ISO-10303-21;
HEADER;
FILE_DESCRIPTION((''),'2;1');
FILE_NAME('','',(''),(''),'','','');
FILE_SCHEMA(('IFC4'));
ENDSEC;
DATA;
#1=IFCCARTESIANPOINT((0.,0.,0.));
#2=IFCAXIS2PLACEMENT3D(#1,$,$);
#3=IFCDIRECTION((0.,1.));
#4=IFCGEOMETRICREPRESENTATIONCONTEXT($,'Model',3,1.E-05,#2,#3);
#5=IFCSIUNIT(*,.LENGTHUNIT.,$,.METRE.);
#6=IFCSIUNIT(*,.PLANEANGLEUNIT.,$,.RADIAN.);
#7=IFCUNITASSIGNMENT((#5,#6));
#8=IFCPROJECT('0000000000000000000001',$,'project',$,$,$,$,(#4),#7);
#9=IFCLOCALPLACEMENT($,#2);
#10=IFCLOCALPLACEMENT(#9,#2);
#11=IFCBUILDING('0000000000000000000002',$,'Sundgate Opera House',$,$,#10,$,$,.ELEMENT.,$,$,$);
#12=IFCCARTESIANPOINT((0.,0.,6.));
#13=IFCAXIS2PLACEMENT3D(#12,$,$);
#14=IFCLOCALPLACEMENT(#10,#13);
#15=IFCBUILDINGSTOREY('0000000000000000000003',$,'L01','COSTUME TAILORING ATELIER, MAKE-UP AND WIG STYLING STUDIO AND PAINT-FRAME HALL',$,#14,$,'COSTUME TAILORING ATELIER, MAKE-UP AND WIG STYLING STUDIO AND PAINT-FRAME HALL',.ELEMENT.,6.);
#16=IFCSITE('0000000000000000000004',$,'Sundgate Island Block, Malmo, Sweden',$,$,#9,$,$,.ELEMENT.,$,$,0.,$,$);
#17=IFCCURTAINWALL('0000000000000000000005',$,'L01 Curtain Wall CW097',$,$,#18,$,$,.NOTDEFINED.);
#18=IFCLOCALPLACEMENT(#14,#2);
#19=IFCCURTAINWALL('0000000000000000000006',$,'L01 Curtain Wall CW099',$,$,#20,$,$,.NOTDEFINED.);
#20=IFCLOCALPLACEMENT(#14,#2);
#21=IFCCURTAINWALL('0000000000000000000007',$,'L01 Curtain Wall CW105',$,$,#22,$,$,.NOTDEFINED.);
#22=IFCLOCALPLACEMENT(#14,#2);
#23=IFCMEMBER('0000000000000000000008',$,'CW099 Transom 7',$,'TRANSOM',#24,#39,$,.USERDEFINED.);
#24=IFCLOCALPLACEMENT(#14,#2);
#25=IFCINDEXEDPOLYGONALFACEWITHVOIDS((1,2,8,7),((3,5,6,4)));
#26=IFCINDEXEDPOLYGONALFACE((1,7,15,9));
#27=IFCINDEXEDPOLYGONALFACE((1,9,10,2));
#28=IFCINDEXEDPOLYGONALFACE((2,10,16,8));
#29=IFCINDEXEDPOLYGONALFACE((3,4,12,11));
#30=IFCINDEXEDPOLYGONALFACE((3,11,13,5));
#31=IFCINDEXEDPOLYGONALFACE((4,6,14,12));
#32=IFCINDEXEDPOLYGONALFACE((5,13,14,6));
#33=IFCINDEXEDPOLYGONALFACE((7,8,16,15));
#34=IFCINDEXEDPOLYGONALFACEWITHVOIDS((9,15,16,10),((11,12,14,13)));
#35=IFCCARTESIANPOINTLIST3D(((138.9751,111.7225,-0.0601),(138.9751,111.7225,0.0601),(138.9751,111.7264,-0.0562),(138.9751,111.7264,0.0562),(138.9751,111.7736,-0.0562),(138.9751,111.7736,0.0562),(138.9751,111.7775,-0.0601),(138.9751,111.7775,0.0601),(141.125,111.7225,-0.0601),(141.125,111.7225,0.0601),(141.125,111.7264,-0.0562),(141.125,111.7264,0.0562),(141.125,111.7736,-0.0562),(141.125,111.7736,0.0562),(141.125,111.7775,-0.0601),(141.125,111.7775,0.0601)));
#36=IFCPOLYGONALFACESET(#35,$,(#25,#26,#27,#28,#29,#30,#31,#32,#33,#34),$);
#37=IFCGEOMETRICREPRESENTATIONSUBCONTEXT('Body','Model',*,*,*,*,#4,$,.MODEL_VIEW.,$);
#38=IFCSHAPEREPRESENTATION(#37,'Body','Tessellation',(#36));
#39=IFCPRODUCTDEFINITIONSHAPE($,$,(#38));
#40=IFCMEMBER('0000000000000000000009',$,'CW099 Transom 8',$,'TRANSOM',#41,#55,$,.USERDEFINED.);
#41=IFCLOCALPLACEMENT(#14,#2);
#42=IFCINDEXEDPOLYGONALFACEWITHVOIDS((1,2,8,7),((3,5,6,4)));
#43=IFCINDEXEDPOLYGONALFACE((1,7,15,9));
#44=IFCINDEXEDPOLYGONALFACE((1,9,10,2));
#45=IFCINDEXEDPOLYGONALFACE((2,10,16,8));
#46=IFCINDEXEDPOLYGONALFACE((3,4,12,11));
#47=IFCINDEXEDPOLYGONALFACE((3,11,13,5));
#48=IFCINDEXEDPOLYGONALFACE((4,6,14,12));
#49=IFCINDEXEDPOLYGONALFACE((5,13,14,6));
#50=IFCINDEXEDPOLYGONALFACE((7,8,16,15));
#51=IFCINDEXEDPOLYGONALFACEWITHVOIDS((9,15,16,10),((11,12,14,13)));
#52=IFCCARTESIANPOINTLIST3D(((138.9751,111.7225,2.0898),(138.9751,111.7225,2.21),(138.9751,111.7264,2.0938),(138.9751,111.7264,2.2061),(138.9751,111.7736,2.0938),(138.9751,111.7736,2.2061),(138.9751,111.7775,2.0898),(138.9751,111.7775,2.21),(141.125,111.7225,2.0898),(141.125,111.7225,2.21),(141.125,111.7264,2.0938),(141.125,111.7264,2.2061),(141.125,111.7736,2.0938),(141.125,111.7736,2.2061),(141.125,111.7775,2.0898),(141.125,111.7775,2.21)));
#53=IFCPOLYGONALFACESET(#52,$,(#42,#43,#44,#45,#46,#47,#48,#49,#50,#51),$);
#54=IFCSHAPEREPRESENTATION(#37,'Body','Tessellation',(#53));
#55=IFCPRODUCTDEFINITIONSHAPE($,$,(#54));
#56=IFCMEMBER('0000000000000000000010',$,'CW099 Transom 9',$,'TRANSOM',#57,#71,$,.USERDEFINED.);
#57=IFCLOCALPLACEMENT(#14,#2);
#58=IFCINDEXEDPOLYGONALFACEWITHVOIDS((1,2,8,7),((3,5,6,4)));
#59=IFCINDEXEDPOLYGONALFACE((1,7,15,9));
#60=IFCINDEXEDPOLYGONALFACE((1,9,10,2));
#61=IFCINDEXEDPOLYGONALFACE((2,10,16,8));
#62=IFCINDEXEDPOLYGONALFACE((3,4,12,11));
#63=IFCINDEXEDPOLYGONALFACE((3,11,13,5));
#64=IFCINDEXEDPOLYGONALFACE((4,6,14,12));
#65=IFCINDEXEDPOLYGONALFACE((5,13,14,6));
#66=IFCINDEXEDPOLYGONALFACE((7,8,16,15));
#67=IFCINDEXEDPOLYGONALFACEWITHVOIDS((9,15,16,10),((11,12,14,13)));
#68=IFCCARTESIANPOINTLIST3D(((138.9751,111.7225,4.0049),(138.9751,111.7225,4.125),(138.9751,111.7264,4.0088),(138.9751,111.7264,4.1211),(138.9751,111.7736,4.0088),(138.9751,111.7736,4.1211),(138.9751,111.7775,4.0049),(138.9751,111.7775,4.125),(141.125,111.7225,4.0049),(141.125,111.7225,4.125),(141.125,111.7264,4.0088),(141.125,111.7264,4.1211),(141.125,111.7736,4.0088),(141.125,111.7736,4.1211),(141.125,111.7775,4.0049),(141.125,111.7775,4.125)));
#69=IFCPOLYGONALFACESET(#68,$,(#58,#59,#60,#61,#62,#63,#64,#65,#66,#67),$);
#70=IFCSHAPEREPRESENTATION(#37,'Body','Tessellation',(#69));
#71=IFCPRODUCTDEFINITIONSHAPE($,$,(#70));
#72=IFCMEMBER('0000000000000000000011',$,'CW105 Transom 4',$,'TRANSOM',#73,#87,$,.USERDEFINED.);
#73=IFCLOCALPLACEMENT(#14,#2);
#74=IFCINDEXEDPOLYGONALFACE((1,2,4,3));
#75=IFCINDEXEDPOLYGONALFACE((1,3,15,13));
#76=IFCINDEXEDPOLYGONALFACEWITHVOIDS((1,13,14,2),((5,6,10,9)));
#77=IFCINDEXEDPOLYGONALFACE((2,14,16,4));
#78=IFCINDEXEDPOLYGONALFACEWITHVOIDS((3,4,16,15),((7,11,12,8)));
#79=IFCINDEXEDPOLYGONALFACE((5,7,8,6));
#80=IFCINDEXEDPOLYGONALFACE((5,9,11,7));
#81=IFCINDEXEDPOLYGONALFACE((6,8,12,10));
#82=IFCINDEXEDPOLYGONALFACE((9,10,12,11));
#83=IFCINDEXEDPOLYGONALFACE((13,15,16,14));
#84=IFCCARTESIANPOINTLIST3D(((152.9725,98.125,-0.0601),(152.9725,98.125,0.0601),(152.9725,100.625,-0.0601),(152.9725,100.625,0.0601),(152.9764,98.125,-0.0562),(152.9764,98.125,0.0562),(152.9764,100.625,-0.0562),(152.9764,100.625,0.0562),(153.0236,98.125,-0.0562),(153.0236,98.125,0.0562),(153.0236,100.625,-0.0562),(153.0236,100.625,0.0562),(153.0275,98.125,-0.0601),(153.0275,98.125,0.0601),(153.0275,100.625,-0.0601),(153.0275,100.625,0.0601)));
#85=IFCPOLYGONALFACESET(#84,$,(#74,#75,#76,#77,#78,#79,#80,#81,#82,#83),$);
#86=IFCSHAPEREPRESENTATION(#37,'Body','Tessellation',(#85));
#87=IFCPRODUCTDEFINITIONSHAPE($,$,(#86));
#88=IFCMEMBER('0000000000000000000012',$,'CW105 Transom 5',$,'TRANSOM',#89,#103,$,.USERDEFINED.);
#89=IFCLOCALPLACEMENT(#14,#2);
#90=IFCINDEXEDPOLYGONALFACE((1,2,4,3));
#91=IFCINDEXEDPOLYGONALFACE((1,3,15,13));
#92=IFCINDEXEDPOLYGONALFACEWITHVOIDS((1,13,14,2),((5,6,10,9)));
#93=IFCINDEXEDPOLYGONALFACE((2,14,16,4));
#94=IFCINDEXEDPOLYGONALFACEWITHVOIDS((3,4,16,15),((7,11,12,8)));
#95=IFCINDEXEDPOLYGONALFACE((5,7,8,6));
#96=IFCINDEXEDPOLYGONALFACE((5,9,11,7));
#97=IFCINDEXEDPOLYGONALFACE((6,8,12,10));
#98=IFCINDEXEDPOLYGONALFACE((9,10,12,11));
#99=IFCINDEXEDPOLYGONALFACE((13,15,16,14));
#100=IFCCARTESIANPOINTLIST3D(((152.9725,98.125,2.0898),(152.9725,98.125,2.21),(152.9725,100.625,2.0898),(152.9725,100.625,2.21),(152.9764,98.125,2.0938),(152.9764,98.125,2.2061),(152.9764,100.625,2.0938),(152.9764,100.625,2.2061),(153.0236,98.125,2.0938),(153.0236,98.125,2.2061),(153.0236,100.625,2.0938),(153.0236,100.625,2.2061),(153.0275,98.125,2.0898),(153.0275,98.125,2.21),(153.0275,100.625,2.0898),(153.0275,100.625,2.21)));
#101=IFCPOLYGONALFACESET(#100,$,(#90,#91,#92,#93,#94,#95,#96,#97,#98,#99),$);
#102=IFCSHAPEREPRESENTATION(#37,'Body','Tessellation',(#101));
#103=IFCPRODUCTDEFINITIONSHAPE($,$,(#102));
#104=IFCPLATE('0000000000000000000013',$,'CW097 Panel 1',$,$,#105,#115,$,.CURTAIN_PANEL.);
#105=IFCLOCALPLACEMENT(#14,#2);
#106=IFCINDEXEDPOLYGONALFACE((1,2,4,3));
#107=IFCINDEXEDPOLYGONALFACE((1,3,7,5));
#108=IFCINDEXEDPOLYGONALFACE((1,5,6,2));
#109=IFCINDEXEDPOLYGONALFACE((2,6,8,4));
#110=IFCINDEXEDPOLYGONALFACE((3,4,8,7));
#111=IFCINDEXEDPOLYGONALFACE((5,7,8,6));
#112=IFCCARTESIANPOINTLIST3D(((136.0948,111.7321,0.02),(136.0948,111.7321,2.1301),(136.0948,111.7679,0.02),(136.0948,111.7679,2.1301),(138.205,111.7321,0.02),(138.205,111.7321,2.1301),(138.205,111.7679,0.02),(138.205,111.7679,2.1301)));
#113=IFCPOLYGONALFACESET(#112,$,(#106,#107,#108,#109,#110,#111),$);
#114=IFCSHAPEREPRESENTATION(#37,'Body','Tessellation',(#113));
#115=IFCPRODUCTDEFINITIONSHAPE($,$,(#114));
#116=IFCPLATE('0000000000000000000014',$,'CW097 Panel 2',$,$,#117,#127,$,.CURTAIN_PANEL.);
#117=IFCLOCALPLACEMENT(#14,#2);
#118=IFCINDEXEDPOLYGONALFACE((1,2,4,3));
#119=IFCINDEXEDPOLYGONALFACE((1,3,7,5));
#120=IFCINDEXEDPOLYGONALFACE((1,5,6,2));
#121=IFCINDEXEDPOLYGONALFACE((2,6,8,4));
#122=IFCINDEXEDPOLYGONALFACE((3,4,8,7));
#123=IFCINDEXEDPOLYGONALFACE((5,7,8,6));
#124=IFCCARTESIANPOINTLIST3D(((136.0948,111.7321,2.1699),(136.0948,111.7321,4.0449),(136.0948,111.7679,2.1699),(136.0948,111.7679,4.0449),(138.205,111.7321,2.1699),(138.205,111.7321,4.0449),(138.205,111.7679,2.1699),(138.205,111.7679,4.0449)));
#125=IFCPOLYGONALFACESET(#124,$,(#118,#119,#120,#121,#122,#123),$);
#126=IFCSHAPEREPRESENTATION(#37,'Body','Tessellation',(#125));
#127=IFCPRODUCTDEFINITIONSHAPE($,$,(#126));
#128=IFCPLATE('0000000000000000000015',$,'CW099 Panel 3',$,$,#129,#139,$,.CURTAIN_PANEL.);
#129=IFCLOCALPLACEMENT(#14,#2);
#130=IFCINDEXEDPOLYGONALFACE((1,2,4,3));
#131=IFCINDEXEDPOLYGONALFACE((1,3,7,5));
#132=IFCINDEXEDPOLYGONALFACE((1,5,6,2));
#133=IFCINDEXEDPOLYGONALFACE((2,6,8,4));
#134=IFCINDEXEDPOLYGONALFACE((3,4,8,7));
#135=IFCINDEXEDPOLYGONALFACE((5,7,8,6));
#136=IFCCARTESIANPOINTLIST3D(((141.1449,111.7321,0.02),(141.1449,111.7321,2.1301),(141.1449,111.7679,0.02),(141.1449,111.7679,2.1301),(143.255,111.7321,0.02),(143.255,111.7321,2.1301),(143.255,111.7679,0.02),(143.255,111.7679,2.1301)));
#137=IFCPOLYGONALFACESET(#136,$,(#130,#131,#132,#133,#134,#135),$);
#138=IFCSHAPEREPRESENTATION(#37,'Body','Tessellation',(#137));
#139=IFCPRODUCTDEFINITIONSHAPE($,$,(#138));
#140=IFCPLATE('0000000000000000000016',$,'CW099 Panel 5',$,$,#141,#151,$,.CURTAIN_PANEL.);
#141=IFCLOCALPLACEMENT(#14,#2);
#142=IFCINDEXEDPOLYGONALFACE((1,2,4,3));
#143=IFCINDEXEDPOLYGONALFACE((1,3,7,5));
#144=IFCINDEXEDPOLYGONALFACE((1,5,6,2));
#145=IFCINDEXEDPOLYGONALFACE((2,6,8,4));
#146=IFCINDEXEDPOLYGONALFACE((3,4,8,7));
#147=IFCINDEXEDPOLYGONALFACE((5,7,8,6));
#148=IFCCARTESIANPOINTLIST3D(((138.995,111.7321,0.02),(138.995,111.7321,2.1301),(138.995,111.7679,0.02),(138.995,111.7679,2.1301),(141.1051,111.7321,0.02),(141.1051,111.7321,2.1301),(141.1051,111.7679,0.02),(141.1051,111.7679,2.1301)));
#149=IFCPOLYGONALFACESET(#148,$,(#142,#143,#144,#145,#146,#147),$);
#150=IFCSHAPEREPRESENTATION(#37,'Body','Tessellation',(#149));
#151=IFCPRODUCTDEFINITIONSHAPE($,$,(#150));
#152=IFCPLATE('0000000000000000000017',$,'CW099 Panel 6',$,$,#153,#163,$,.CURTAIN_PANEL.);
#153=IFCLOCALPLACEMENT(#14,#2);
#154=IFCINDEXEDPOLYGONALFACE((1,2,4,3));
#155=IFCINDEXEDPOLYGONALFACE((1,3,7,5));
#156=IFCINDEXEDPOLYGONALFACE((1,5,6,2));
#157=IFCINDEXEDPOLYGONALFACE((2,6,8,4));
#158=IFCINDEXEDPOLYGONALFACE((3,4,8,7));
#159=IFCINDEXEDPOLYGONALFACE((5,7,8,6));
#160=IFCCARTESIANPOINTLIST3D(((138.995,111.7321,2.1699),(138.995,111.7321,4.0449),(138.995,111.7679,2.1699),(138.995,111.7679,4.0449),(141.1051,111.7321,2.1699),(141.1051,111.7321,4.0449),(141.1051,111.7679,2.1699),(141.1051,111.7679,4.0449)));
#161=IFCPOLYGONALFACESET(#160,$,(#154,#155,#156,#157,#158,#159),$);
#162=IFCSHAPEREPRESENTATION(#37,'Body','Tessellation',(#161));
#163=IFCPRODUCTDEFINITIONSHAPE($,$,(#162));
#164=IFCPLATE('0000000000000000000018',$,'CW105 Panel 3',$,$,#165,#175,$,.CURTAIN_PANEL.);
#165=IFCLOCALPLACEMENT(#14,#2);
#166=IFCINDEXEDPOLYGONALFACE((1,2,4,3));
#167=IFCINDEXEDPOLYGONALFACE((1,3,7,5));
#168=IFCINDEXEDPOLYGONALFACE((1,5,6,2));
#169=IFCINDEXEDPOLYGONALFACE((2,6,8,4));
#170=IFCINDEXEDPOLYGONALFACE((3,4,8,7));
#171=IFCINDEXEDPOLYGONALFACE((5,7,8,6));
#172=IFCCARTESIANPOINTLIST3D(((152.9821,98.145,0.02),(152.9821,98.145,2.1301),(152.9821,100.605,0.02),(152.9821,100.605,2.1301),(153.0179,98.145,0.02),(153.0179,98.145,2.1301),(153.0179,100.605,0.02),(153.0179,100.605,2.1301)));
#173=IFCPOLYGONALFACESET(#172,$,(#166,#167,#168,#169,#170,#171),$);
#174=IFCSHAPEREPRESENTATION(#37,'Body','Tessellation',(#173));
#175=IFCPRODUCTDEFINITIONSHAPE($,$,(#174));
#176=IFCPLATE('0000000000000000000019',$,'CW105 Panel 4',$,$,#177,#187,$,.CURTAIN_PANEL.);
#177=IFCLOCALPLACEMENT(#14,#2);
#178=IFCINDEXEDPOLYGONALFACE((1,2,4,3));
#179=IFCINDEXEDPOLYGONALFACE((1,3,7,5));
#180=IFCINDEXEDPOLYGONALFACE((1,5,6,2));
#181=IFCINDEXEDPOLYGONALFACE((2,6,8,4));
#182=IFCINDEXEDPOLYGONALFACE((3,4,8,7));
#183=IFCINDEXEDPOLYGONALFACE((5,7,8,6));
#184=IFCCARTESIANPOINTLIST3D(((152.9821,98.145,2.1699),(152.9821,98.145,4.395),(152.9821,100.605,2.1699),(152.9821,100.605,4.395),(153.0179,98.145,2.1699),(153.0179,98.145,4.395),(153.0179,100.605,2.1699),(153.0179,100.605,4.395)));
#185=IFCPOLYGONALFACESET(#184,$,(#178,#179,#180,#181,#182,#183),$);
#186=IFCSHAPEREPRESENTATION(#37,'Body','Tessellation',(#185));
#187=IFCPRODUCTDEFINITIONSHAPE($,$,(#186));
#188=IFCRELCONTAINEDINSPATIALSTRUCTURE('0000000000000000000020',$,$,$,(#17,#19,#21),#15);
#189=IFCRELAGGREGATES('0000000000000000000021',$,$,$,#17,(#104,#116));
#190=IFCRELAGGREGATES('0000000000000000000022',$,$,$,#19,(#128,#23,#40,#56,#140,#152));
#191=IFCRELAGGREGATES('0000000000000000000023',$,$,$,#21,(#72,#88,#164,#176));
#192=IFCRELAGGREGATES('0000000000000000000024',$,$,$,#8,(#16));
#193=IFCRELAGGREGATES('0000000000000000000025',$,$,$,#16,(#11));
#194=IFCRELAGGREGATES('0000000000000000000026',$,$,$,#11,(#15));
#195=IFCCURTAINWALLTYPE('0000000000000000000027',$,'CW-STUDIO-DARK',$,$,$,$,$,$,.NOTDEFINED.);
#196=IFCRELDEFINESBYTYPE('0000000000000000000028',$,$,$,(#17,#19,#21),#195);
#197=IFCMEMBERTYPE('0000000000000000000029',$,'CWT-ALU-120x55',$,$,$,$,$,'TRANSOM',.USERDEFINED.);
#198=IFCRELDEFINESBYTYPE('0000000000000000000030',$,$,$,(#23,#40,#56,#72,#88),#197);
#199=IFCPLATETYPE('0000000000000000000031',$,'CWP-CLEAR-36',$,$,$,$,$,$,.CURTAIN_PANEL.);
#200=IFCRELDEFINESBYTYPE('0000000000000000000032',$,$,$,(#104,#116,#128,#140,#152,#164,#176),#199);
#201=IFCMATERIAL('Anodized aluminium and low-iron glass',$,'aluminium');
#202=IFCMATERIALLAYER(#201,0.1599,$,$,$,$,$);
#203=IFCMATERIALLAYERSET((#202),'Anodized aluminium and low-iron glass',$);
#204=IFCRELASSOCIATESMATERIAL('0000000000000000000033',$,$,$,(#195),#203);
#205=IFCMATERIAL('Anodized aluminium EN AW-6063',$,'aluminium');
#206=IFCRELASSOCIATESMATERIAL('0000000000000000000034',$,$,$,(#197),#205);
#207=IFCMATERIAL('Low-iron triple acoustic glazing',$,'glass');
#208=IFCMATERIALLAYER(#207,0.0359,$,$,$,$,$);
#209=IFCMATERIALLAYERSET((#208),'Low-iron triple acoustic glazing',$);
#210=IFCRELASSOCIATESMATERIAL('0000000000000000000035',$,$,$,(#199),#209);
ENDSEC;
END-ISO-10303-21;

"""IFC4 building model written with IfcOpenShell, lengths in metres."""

from ifc_helpers import new_model, si_unit, direction, frame, origin, origin_2d, place, context, subcontext, project, spatial, rectangle, hollow_rectangle, extrude, material, layer, layer_set, material_profile, profile_set, type_object, element, aggregate, save


model = new_model("IFC4")

# Units and contexts
model_context = context("Model", 3, precision=1e-05, world=origin(), true_north=direction((0.0, 1.0)))
body_context = subcontext(model_context, "Body", "Model", "MODEL_VIEW")
ifc_project = project(units=[si_unit("LENGTHUNIT", "METRE"), si_unit("PLANEANGLEUNIT", "RADIAN")], contexts=[model_context])

# Site, building, storey
site_placement = place(None, origin())
site = spatial("IfcSite", under=ifc_project, at=site_placement, Name="Sundgate Island Block, Malmo, Sweden", CompositionType="ELEMENT", RefElevation=0.0)
building_placement = place(site_placement, origin())
building = spatial("IfcBuilding", under=site, at=building_placement, Name="Sundgate Opera House", CompositionType="ELEMENT")
storey_placement = place(building_placement, frame((0.0, 0.0, 6.0)))
storey = spatial("IfcBuildingStorey", under=building, at=storey_placement, Name="L01", Description="COSTUME TAILORING ATELIER, MAKE-UP AND WIG STYLING STUDIO AND PAINT-FRAME HALL", LongName="COSTUME TAILORING ATELIER, MAKE-UP AND WIG STYLING STUDIO AND PAINT-FRAME HALL", CompositionType="ELEMENT", Elevation=6.0)

# Curtain wall
ifc_material_1 = material(Name="Anodized aluminium and low-iron glass", Category="aluminium")
ifc_layer_1 = layer(ifc_material_1, 0.1599)
ifc_layer_set_1 = layer_set([ifc_layer_1], Name="Anodized aluminium and low-iron glass")
curtain_wall_type = type_object("IfcCurtainWallType", Name="CW-STUDIO-DARK", PredefinedType="NOTDEFINED", material=ifc_layer_set_1)
curtain_wall_1_placement = place(storey_placement, origin())
curtain_wall_1 = element("IfcCurtainWall", 1, at=curtain_wall_1_placement, inside=storey, type_object=curtain_wall_type, Name="L01 Curtain Wall CW097", PredefinedType="NOTDEFINED")

# Curtain wall
curtain_wall_2_placement = place(storey_placement, origin())
curtain_wall_2 = element("IfcCurtainWall", 2, at=curtain_wall_2_placement, inside=storey, type_object=curtain_wall_type, Name="L01 Curtain Wall CW099", PredefinedType="NOTDEFINED")

# Curtain wall
curtain_wall_3_placement = place(storey_placement, origin())
curtain_wall_3 = element("IfcCurtainWall", 3, at=curtain_wall_3_placement, inside=storey, type_object=curtain_wall_type, Name="L01 Curtain Wall CW105", PredefinedType="NOTDEFINED")

# Members
ifc_material_2 = material(Name="Anodized aluminium EN AW-6063", Category="aluminium")
ifc_material_profile_1 = material_profile(ifc_material_2, hollow_rectangle(XDim=0.0549, YDim=0.1201, WallThickness=0.0039, at=origin_2d()), Name="CWT 120x55x4")
ifc_profile_set_1 = profile_set([ifc_material_profile_1], Name="Anodized aluminium EN AW-6063")
member_type_1 = type_object("IfcMemberType", Name="CWT-ALU-120x55", ElementType="TRANSOM", PredefinedType="USERDEFINED", material=ifc_profile_set_1)
member_1_placement = place(storey_placement, frame((141.125, 111.75, 0.0), z_axis=(-1.0, 0.0, 0.0), x_axis=(0.0, -1.0, 0.0)))
member_1 = element("IfcMember", 4, at=member_1_placement, type_object=member_type_1, Name="CW099 Transom 7", ObjectType="TRANSOM", PredefinedType="USERDEFINED", context=body_context, shape_type="SweptSolid", body=[
    extrude(hollow_rectangle(XDim=0.0549, YDim=0.1201, WallThickness=0.0039, at=origin_2d()), origin(), (0.0, 0.0, 1.0), 2.1499),
])
member_2_placement = place(storey_placement, frame((141.125, 111.75, 2.1499), z_axis=(-1.0, 0.0, 0.0), x_axis=(0.0, -1.0, 0.0)))
member_2 = element("IfcMember", 5, at=member_2_placement, type_object=member_type_1, Name="CW099 Transom 8", ObjectType="TRANSOM", PredefinedType="USERDEFINED", context=body_context, shape_type="SweptSolid", body=[
    extrude(hollow_rectangle(XDim=0.0549, YDim=0.1201, WallThickness=0.0039, at=origin_2d()), origin(), (0.0, 0.0, 1.0), 2.1499),
])
member_3_placement = place(storey_placement, frame((141.125, 111.75, 4.0649), z_axis=(-1.0, 0.0, 0.0), x_axis=(0.0, -1.0, 0.0)))
member_3 = element("IfcMember", 6, at=member_3_placement, type_object=member_type_1, Name="CW099 Transom 9", ObjectType="TRANSOM", PredefinedType="USERDEFINED", context=body_context, shape_type="SweptSolid", body=[
    extrude(hollow_rectangle(XDim=0.0549, YDim=0.1201, WallThickness=0.0039, at=origin_2d()), origin(), (0.0, 0.0, 1.0), 2.1499),
])
member_4_placement = place(storey_placement, frame((153.0, 100.625, 0.0), z_axis=(0.0, -1.0, 0.0), x_axis=(1.0, 0.0, 0.0)))
member_4 = element("IfcMember", 7, at=member_4_placement, type_object=member_type_1, Name="CW105 Transom 4", ObjectType="TRANSOM", PredefinedType="USERDEFINED", context=body_context, shape_type="SweptSolid", body=[
    extrude(hollow_rectangle(XDim=0.0549, YDim=0.1201, WallThickness=0.0039, at=origin_2d()), origin(), (0.0, 0.0, 1.0), 2.5),
])
member_5_placement = place(storey_placement, frame((153.0, 100.625, 2.1499), z_axis=(0.0, -1.0, 0.0), x_axis=(1.0, 0.0, 0.0)))
member_5 = element("IfcMember", 8, at=member_5_placement, type_object=member_type_1, Name="CW105 Transom 5", ObjectType="TRANSOM", PredefinedType="USERDEFINED", context=body_context, shape_type="SweptSolid", body=[
    extrude(hollow_rectangle(XDim=0.0549, YDim=0.1201, WallThickness=0.0039, at=origin_2d()), origin(), (0.0, 0.0, 1.0), 2.5),
])

# Plates
ifc_material_3 = material(Name="Low-iron triple acoustic glazing", Category="glass")
ifc_layer_2 = layer(ifc_material_3, 0.0359)
ifc_layer_set_2 = layer_set([ifc_layer_2], Name="Low-iron triple acoustic glazing")
plate_type = type_object("IfcPlateType", Name="CWP-CLEAR-36", PredefinedType="CURTAIN_PANEL", material=ifc_layer_set_2)
plate_1_placement = place(storey_placement, frame((137.1499, 111.75, 0.02), z_axis=(0.0, 0.0, 1.0), x_axis=(-1.0, 0.0, 0.0)))
plate_1 = element("IfcPlate", 9, at=plate_1_placement, type_object=plate_type, Name="CW097 Panel 1", PredefinedType="CURTAIN_PANEL", context=body_context, shape_type="SweptSolid", body=[
    extrude(rectangle(XDim=2.1101, YDim=0.0359, at=origin_2d()), origin(), (0.0, 0.0, 1.0), 2.1101),
])
plate_2_placement = place(storey_placement, frame((137.1499, 111.75, 2.1699), z_axis=(0.0, 0.0, 1.0), x_axis=(-1.0, 0.0, 0.0)))
plate_2 = element("IfcPlate", 10, at=plate_2_placement, type_object=plate_type, Name="CW097 Panel 2", PredefinedType="CURTAIN_PANEL", context=body_context, shape_type="SweptSolid", body=[
    extrude(rectangle(XDim=2.1101, YDim=0.0359, at=origin_2d()), origin(), (0.0, 0.0, 1.0), 1.875),
])
aggregate(curtain_wall_1, [plate_1, plate_2])
plate_3_placement = place(storey_placement, frame((142.2, 111.75, 0.02), z_axis=(0.0, 0.0, 1.0), x_axis=(-1.0, 0.0, 0.0)))
plate_3 = element("IfcPlate", 11, at=plate_3_placement, type_object=plate_type, Name="CW099 Panel 3", PredefinedType="CURTAIN_PANEL", context=body_context, shape_type="SweptSolid", body=[
    extrude(rectangle(XDim=2.1101, YDim=0.0359, at=origin_2d()), origin(), (0.0, 0.0, 1.0), 2.1101),
])
plate_4_placement = place(storey_placement, frame((140.05, 111.75, 0.02), z_axis=(0.0, 0.0, 1.0), x_axis=(-1.0, 0.0, 0.0)))
plate_4 = element("IfcPlate", 12, at=plate_4_placement, type_object=plate_type, Name="CW099 Panel 5", PredefinedType="CURTAIN_PANEL", context=body_context, shape_type="SweptSolid", body=[
    extrude(rectangle(XDim=2.1101, YDim=0.0359, at=origin_2d()), origin(), (0.0, 0.0, 1.0), 2.1101),
])
plate_5_placement = place(storey_placement, frame((140.05, 111.75, 2.1699), z_axis=(0.0, 0.0, 1.0), x_axis=(-1.0, 0.0, 0.0)))
plate_5 = element("IfcPlate", 13, at=plate_5_placement, type_object=plate_type, Name="CW099 Panel 6", PredefinedType="CURTAIN_PANEL", context=body_context, shape_type="SweptSolid", body=[
    extrude(rectangle(XDim=2.1101, YDim=0.0359, at=origin_2d()), origin(), (0.0, 0.0, 1.0), 1.875),
])
aggregate(curtain_wall_2, [plate_3, member_1, member_2, member_3, plate_4, plate_5])
plate_6_placement = place(storey_placement, frame((153.0, 99.375, 0.02), z_axis=(0.0, 0.0, 1.0), x_axis=(0.0, -1.0, 0.0)))
plate_6 = element("IfcPlate", 14, at=plate_6_placement, type_object=plate_type, Name="CW105 Panel 3", PredefinedType="CURTAIN_PANEL", context=body_context, shape_type="SweptSolid", body=[
    extrude(rectangle(XDim=2.46, YDim=0.0359, at=origin_2d()), origin(), (0.0, 0.0, 1.0), 2.1101),
])
plate_7_placement = place(storey_placement, frame((153.0, 99.375, 2.1699), z_axis=(0.0, 0.0, 1.0), x_axis=(0.0, -1.0, 0.0)))
plate_7 = element("IfcPlate", 15, at=plate_7_placement, type_object=plate_type, Name="CW105 Panel 4", PredefinedType="CURTAIN_PANEL", context=body_context, shape_type="SweptSolid", body=[
    extrude(rectangle(XDim=2.46, YDim=0.0359, at=origin_2d()), origin(), (0.0, 0.0, 1.0), 2.2251),
])
aggregate(curtain_wall_3, [member_4, member_5, plate_6, plate_7])

save(model, "model.ifc")
